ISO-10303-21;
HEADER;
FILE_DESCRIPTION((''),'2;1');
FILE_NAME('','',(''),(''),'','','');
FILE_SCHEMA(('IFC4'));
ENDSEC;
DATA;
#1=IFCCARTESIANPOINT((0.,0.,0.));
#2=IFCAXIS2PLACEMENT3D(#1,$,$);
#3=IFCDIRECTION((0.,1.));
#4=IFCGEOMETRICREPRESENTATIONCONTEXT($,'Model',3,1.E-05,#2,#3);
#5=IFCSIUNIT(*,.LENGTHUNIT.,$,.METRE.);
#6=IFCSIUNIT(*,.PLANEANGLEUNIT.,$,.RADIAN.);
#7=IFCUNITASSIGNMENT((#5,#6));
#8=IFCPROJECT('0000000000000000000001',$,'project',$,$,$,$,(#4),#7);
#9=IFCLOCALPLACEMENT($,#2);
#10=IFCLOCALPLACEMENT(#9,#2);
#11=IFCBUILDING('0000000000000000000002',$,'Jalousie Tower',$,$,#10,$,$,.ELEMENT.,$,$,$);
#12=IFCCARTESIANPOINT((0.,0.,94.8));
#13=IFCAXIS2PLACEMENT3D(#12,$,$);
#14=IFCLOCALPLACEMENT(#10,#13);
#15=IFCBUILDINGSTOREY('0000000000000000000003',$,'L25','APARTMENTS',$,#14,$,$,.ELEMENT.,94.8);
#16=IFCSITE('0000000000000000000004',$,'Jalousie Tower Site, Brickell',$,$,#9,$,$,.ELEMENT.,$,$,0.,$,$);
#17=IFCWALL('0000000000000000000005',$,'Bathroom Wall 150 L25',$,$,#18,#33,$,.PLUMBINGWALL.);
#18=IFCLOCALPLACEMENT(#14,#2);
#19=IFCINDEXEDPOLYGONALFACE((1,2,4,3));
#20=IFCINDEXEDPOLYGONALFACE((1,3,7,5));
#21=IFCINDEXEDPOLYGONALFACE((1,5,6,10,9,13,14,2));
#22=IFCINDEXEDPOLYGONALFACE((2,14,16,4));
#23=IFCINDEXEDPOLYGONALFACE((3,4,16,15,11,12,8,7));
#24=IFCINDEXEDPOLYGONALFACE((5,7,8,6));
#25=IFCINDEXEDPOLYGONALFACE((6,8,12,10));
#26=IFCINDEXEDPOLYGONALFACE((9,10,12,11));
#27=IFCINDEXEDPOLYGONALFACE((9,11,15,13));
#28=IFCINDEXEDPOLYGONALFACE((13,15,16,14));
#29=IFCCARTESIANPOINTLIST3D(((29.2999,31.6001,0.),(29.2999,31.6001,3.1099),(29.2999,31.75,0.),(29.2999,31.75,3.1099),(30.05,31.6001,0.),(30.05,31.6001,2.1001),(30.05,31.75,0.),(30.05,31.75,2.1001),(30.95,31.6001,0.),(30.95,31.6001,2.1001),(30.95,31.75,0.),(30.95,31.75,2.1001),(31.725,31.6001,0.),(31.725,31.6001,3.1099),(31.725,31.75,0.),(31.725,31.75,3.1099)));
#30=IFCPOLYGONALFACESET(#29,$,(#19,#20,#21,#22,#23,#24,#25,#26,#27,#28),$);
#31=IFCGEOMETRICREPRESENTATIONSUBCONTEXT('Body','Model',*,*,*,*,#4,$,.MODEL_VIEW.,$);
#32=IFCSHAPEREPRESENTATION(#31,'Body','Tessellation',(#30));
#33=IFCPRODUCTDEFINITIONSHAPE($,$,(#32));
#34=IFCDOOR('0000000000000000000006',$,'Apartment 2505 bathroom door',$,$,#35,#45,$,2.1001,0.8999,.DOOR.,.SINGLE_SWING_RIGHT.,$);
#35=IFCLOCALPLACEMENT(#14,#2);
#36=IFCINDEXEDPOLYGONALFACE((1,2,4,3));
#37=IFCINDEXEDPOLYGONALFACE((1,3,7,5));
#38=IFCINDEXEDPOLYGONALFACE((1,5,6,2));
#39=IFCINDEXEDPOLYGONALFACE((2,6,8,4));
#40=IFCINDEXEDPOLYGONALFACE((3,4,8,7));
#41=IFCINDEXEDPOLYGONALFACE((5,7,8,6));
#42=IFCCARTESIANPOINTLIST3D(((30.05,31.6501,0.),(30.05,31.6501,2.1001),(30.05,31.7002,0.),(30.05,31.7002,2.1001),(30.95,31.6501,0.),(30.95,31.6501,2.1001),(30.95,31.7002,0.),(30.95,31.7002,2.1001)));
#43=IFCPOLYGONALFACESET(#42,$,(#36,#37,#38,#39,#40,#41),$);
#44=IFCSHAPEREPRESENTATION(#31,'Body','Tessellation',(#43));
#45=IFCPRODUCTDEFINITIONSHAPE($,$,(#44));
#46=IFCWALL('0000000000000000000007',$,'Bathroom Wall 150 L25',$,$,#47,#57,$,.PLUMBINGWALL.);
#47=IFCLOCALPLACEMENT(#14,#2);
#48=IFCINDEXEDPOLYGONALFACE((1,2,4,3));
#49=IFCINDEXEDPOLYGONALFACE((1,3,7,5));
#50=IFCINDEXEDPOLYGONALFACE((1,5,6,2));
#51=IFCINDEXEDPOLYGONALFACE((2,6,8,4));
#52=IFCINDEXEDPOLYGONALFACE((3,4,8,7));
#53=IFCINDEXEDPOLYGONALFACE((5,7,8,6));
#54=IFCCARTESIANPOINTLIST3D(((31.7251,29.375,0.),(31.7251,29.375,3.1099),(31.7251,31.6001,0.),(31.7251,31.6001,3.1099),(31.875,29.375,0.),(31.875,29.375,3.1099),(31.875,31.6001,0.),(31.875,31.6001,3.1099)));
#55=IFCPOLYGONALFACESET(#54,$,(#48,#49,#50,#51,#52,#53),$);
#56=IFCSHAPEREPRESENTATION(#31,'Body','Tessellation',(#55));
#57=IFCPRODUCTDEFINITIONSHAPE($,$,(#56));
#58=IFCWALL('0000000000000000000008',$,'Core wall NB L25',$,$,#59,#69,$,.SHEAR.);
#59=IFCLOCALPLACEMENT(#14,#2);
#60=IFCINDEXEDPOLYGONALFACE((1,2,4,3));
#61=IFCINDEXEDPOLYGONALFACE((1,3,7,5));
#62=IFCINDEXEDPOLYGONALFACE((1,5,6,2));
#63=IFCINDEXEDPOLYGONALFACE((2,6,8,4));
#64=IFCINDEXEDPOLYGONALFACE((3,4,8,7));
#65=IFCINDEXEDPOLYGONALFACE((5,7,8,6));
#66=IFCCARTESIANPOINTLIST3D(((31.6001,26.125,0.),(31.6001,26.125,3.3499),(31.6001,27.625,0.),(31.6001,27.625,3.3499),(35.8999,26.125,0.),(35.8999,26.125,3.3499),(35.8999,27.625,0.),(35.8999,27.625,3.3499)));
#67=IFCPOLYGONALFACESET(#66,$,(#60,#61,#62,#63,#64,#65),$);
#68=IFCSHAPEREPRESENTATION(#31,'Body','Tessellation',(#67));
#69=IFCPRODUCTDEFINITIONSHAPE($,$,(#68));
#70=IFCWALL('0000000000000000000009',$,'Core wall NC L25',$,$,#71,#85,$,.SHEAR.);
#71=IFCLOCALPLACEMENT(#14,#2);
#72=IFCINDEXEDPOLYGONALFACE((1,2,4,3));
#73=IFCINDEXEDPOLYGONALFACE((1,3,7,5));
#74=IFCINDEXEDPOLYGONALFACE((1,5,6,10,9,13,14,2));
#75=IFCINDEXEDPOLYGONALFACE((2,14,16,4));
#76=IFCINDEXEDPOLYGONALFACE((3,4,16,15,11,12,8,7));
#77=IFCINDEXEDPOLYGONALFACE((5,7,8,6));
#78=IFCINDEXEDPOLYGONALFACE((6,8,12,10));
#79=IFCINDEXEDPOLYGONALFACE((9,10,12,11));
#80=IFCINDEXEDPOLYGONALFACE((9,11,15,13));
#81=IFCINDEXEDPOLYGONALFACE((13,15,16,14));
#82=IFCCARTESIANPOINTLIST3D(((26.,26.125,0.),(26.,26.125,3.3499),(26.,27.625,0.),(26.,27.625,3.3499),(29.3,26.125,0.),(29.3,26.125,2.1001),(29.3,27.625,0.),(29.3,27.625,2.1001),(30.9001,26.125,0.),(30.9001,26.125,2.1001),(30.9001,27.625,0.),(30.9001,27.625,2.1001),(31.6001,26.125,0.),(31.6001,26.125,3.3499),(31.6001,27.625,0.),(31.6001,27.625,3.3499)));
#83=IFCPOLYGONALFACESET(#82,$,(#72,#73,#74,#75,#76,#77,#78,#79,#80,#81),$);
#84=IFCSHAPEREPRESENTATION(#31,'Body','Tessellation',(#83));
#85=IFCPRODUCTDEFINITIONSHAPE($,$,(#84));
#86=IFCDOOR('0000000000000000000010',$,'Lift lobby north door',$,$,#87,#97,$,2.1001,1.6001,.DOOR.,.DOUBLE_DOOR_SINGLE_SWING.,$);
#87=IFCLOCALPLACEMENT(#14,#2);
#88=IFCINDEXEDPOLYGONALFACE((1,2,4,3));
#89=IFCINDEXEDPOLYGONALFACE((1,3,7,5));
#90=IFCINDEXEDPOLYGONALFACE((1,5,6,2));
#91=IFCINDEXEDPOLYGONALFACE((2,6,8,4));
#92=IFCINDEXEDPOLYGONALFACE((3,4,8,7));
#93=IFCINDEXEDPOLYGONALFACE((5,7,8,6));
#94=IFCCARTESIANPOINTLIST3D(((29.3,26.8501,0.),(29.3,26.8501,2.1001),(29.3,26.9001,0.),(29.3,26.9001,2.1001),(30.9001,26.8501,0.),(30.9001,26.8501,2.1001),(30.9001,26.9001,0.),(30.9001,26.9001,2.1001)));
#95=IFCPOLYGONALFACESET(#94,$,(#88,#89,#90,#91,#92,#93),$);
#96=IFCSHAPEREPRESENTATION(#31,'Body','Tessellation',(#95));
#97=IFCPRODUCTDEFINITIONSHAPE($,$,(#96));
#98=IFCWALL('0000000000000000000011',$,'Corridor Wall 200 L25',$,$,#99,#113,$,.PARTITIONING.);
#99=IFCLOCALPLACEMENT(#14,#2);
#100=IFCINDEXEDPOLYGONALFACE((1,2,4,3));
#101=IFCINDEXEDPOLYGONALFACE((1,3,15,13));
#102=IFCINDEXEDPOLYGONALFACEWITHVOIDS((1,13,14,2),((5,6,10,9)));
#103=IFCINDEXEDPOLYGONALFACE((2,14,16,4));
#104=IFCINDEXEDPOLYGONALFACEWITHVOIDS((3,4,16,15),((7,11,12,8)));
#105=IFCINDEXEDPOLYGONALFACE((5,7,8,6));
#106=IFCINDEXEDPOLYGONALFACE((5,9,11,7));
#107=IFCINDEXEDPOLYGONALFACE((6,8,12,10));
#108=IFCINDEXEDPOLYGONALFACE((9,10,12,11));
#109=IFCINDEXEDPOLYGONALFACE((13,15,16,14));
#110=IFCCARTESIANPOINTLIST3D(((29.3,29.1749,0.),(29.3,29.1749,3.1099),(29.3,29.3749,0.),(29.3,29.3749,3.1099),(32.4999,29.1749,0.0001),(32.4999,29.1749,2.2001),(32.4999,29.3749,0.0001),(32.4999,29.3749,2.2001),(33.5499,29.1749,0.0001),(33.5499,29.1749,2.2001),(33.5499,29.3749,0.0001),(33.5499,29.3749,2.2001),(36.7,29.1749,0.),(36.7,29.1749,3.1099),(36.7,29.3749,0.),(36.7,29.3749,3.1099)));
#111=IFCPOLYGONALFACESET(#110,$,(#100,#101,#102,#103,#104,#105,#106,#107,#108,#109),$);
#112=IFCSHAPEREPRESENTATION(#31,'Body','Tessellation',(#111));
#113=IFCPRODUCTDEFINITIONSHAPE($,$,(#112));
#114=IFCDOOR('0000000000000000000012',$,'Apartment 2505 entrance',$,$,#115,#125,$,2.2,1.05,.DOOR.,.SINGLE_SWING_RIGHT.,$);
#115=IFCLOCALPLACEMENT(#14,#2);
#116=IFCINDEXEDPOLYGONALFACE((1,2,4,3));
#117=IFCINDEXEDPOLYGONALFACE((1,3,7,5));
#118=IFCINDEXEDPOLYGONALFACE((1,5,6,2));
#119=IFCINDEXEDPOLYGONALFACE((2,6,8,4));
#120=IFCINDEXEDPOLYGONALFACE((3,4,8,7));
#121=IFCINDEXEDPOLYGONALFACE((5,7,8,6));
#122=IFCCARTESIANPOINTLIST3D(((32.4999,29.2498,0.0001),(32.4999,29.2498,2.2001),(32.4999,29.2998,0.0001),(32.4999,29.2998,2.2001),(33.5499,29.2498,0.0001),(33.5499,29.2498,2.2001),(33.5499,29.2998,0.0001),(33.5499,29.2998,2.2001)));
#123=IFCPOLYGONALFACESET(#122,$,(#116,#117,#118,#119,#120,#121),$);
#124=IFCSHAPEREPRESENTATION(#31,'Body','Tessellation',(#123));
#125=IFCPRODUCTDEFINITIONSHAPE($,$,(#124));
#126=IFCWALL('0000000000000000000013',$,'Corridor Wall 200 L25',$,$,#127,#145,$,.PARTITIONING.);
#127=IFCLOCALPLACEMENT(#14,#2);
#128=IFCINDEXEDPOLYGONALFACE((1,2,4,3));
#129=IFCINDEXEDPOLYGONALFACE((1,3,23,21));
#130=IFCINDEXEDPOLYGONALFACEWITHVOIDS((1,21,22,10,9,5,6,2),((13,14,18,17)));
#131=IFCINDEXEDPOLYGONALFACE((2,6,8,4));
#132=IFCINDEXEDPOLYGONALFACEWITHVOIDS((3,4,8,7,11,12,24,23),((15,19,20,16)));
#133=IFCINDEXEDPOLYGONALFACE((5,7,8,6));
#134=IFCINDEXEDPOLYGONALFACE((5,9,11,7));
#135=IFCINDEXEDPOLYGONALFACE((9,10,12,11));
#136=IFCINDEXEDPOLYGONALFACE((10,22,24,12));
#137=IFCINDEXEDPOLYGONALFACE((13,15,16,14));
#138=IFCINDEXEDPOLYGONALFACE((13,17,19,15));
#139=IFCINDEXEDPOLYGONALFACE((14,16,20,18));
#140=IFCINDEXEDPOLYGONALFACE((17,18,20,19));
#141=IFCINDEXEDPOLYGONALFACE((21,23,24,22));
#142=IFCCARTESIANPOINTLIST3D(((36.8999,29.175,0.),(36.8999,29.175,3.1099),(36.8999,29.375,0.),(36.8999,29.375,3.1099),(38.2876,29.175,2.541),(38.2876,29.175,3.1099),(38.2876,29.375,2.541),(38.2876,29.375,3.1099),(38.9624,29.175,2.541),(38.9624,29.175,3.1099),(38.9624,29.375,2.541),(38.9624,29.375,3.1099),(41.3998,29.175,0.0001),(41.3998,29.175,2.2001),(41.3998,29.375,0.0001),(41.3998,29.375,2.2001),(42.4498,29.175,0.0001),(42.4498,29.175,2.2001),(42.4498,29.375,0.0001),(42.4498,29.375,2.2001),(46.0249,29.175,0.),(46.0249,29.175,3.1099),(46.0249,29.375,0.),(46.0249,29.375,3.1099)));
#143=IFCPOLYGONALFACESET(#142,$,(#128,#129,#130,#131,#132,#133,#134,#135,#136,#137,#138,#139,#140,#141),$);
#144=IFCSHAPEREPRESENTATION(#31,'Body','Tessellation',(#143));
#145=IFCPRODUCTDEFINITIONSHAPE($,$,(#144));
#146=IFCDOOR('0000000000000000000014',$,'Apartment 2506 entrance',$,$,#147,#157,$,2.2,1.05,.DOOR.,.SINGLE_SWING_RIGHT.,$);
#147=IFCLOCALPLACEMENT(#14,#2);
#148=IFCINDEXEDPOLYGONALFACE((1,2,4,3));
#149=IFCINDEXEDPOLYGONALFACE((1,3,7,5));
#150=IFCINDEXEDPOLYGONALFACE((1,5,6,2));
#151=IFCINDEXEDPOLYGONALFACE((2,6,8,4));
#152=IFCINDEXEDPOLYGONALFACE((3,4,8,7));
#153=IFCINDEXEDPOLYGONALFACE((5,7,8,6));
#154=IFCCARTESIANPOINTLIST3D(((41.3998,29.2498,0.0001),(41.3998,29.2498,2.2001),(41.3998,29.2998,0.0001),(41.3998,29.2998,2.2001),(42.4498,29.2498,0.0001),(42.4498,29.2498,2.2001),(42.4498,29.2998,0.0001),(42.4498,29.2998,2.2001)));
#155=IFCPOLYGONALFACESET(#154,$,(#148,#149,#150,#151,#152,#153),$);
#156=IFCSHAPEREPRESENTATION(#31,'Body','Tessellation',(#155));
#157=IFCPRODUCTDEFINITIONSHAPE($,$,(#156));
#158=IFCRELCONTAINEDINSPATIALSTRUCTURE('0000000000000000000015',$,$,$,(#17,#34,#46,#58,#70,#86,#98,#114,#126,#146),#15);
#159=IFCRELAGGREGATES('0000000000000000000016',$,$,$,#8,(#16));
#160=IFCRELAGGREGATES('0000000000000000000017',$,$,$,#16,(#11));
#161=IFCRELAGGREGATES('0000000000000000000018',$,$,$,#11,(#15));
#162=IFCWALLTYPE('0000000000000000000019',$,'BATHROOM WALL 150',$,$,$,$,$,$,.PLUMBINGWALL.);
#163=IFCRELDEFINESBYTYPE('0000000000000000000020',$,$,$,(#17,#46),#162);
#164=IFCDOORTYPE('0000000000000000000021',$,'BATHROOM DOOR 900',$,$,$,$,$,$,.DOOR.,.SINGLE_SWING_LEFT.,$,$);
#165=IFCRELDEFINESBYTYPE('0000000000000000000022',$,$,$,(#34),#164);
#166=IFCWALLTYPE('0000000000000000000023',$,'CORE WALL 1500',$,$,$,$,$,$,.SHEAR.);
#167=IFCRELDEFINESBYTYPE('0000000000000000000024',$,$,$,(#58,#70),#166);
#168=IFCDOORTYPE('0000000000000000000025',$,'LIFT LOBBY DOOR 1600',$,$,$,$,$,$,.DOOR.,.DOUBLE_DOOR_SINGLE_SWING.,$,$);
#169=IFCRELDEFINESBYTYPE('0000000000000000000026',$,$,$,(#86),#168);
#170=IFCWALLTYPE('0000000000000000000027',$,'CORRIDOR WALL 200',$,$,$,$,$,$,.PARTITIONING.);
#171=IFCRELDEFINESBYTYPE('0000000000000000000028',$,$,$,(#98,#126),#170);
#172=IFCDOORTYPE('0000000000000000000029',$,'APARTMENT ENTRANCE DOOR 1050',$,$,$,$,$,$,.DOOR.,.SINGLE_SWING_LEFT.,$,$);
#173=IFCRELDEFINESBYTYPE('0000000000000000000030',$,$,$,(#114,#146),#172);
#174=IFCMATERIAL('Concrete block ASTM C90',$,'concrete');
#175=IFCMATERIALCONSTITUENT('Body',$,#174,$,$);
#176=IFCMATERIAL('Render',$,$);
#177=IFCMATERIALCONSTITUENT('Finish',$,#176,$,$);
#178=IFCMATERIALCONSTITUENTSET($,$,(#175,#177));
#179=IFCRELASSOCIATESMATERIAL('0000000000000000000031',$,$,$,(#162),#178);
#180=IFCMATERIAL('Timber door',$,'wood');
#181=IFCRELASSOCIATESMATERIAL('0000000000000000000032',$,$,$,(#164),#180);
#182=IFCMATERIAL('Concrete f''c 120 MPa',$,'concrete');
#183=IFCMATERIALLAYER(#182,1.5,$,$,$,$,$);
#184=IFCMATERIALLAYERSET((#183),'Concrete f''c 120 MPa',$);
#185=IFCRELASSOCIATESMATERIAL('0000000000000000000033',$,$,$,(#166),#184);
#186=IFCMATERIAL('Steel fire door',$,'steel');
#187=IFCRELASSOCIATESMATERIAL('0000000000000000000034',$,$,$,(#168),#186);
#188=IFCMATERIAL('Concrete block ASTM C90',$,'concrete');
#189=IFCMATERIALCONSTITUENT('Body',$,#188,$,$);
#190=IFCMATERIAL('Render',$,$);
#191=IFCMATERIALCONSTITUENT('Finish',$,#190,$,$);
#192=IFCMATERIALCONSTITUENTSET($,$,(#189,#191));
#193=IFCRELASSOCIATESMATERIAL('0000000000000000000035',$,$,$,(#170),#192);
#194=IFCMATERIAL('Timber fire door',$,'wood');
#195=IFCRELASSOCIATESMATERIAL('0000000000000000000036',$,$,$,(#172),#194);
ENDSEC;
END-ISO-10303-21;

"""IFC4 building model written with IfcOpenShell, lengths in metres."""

from ifc_helpers import new_model, si_unit, direction, frame, frame_2d, origin, place, context, subcontext, project, spatial, polyline, rectangle, outline, extrude, material, layer, layer_set, constituent, constituent_set, type_object, element, fill, save


model = new_model("IFC4")

# Units and contexts
model_context = context("Model", 3, precision=1e-05, world=origin(), true_north=direction((0.0, 1.0)))
body_context = subcontext(model_context, "Body", "Model", "MODEL_VIEW")
ifc_project = project(units=[si_unit("LENGTHUNIT", "METRE"), si_unit("PLANEANGLEUNIT", "RADIAN")], contexts=[model_context])

# Site, building, storey
site_placement = place(None, origin())
site = spatial("IfcSite", under=ifc_project, at=site_placement, Name="Jalousie Tower Site, Brickell", CompositionType="ELEMENT", RefElevation=0.0)
building_placement = place(site_placement, origin())
building = spatial("IfcBuilding", under=site, at=building_placement, Name="Jalousie Tower", CompositionType="ELEMENT")
storey_placement = place(building_placement, frame((0.0, 0.0, 94.8)))
storey = spatial("IfcBuildingStorey", under=building, at=storey_placement, Name="L25", Description="APARTMENTS", CompositionType="ELEMENT", Elevation=94.8)

# Wall, opening, door
ifc_material_1 = material(Name="Concrete block ASTM C90", Category="concrete")
ifc_constituent_1 = constituent(ifc_material_1, Name="Body")
ifc_material_2 = material(Name="Render")
ifc_constituent_2 = constituent(ifc_material_2, Name="Finish")
ifc_constituent_set_1 = constituent_set(constituents=[ifc_constituent_1, ifc_constituent_2])
wall_type_1 = type_object("IfcWallType", Name="BATHROOM WALL 150", PredefinedType="PLUMBINGWALL", material=ifc_constituent_set_1)
wall_1_placement = place(storey_placement, frame((29.3, 31.675, 0.0), z_axis=(0.0, 0.0, 1.0), x_axis=(1.0, 0.0, 0.0)))
wall_1 = element("IfcWall", 1, at=wall_1_placement, inside=storey, type_object=wall_type_1, Name="Bathroom Wall 150 L25", PredefinedType="PLUMBINGWALL", context=body_context, shape_type="SweptSolid", body=[
    extrude(rectangle(XDim=2.425, YDim=0.1499, at=frame_2d((1.2124, 0.0))), origin(), (0.0, 0.0, 1.0), 3.1099),
])
opening_1_placement = place(wall_1_placement, frame((0.75, 0.0, 0.0)))
opening_1 = element("IfcOpeningElement", 2, at=opening_1_placement, cuts=wall_1, PredefinedType="OPENING", context=body_context, shape_type="SweptSolid", body=[
    extrude(rectangle(XDim=0.8999, YDim=2.1001, at=frame_2d((0.45, 1.05))), frame((0.0, 0.085, 0.0), z_axis=(0.0, -1.0, 0.0), x_axis=(1.0, 0.0, 0.0)), (0.0, 0.0, 1.0), 0.1699),
])
ifc_material_3 = material(Name="Timber door", Category="wood")
door_type_1 = type_object("IfcDoorType", Name="BATHROOM DOOR 900", OperationType="SINGLE_SWING_LEFT", PredefinedType="DOOR", material=ifc_material_3)
door_1_placement = place(opening_1_placement, frame((0.8999, 0.0, 0.0), z_axis=(0.0, 0.0, 1.0), x_axis=(-1.0, 0.0, 0.0)))
door_1 = element("IfcDoor", 3, at=door_1_placement, inside=storey, type_object=door_type_1, Name="Apartment 2505 bathroom door", OperationType="SINGLE_SWING_RIGHT", OverallHeight=2.1001, OverallWidth=0.8999, PredefinedType="DOOR", context=body_context, shape_type="SweptSolid", body=[
    extrude(rectangle(XDim=0.8999, YDim=2.1001, at=frame_2d((0.45, 1.05))), frame((0.0, 0.0249, 0.0), z_axis=(0.0, -1.0, 0.0), x_axis=(1.0, 0.0, 0.0)), (0.0, 0.0, 1.0), 0.05),
])
fill(opening_1, door_1)

# Walls
wall_2_placement = place(storey_placement, frame((31.8, 31.6001, 0.0), z_axis=(0.0, 0.0, 1.0), x_axis=(0.0, -1.0, 0.0)))
element("IfcWall", 4, at=wall_2_placement, inside=storey, type_object=wall_type_1, Name="Bathroom Wall 150 L25", PredefinedType="PLUMBINGWALL", context=body_context, shape_type="SweptSolid", body=[
    extrude(rectangle(XDim=2.2251, YDim=0.1499, at=frame_2d((1.1125, 0.0))), origin(), (0.0, 0.0, 1.0), 3.1099),
])
ifc_material_4 = material(Name="Concrete f'c 120 MPa", Category="concrete")
ifc_layer = layer(ifc_material_4, 1.5)
ifc_layer_set = layer_set([ifc_layer], Name="Concrete f'c 120 MPa")
wall_type_2 = type_object("IfcWallType", Name="CORE WALL 1500", PredefinedType="SHEAR", material=ifc_layer_set)
wall_3_placement = place(storey_placement, frame((35.8999, 26.875, 0.0), z_axis=(0.0, 0.0, 1.0), x_axis=(-1.0, 0.0, 0.0)))
element("IfcWall", 5, at=wall_3_placement, inside=storey, type_object=wall_type_2, Name="Core wall NB L25", PredefinedType="SHEAR", context=body_context, shape_type="SweptSolid", body=[
    extrude(rectangle(XDim=4.2998, YDim=1.5, at=frame_2d((2.1499, 0.0))), origin(), (0.0, 0.0, 1.0), 3.3499),
])

# Walls, openings, doors
wall_4_placement = place(storey_placement, frame((31.6001, 26.875, 0.0), z_axis=(0.0, 0.0, 1.0), x_axis=(-1.0, 0.0, 0.0)))
wall_4 = element("IfcWall", 6, at=wall_4_placement, inside=storey, type_object=wall_type_2, Name="Core wall NC L25", PredefinedType="SHEAR", context=body_context, shape_type="SweptSolid", body=[
    extrude(rectangle(XDim=5.6001, YDim=1.5, at=frame_2d((2.8, 0.0))), origin(), (0.0, 0.0, 1.0), 3.3499),
])
opening_2_placement = place(wall_4_placement, frame((0.7, 0.0, 0.0)))
opening_2 = element("IfcOpeningElement", 7, at=opening_2_placement, cuts=wall_4, PredefinedType="OPENING", context=body_context, shape_type="SweptSolid", body=[
    extrude(rectangle(XDim=1.6001, YDim=2.1001, at=frame_2d((0.8, 1.05))), frame((0.0, 0.76, 0.0), z_axis=(0.0, -1.0, 0.0), x_axis=(1.0, 0.0, 0.0)), (0.0, 0.0, 1.0), 1.52),
])
ifc_material_5 = material(Name="Steel fire door", Category="steel")
door_type_2 = type_object("IfcDoorType", Name="LIFT LOBBY DOOR 1600", OperationType="DOUBLE_DOOR_SINGLE_SWING", PredefinedType="DOOR", material=ifc_material_5)
door_2_placement = place(opening_2_placement, origin())
door_2 = element("IfcDoor", 8, at=door_2_placement, inside=storey, type_object=door_type_2, Name="Lift lobby north door", OperationType="DOUBLE_DOOR_SINGLE_SWING", OverallHeight=2.1001, OverallWidth=1.6001, PredefinedType="DOOR", context=body_context, shape_type="SweptSolid", body=[
    extrude(rectangle(XDim=1.6001, YDim=2.1001, at=frame_2d((0.8, 1.05))), frame((0.0, 0.0249, 0.0), z_axis=(0.0, -1.0, 0.0), x_axis=(1.0, 0.0, 0.0)), (0.0, 0.0, 1.0), 0.05),
])
fill(opening_2, door_2)
ifc_material_6 = material(Name="Concrete block ASTM C90", Category="concrete")
ifc_constituent_3 = constituent(ifc_material_6, Name="Body")
ifc_material_7 = material(Name="Render")
ifc_constituent_4 = constituent(ifc_material_7, Name="Finish")
ifc_constituent_set_2 = constituent_set(constituents=[ifc_constituent_3, ifc_constituent_4])
wall_type_3 = type_object("IfcWallType", Name="CORRIDOR WALL 200", PredefinedType="PARTITIONING", material=ifc_constituent_set_2)
wall_5_placement = place(storey_placement, frame((29.3, 29.2749, 0.0), z_axis=(0.0, 0.0, 1.0), x_axis=(1.0, 0.0, 0.0)))
wall_5 = element("IfcWall", 9, at=wall_5_placement, inside=storey, type_object=wall_type_3, Name="Corridor Wall 200 L25", PredefinedType="PARTITIONING", context=body_context, shape_type="SweptSolid", body=[
    extrude(rectangle(XDim=7.3999, YDim=0.2, at=frame_2d((3.7, 0.0))), origin(), (0.0, 0.0, 1.0), 3.1099),
])
opening_3_placement = place(wall_5_placement, frame((3.2, 0.0, 0.0)))
opening_3 = element("IfcOpeningElement", 10, at=opening_3_placement, cuts=wall_5, PredefinedType="OPENING", context=body_context, shape_type="SweptSolid", body=[
    extrude(rectangle(XDim=1.05, YDim=2.2, at=frame_2d((0.5249, 1.1001))), frame((0.0, 0.1099, 0.0), z_axis=(0.0, -1.0, 0.0), x_axis=(1.0, 0.0, 0.0)), (0.0, 0.0, 1.0), 0.22),
])
ifc_material_8 = material(Name="Timber fire door", Category="wood")
door_type_3 = type_object("IfcDoorType", Name="APARTMENT ENTRANCE DOOR 1050", OperationType="SINGLE_SWING_LEFT", PredefinedType="DOOR", material=ifc_material_8)
door_3_placement = place(opening_3_placement, origin())
door_3 = element("IfcDoor", 11, at=door_3_placement, inside=storey, type_object=door_type_3, Name="Apartment 2505 entrance", OperationType="SINGLE_SWING_RIGHT", OverallHeight=2.2, OverallWidth=1.05, PredefinedType="DOOR", context=body_context, shape_type="SweptSolid", body=[
    extrude(rectangle(XDim=1.05, YDim=2.2, at=frame_2d((0.5249, 1.1001))), frame((0.0, 0.0249, 0.0), z_axis=(0.0, -1.0, 0.0), x_axis=(1.0, 0.0, 0.0)), (0.0, 0.0, 1.0), 0.05),
])
fill(opening_3, door_3)
wall_6_placement = place(storey_placement, frame((36.8999, 29.2749, 0.0), z_axis=(0.0, 0.0, 1.0), x_axis=(1.0, 0.0, 0.0)))
wall_6 = element("IfcWall", 12, at=wall_6_placement, inside=storey, type_object=wall_type_3, Name="Corridor Wall 200 L25", PredefinedType="PARTITIONING", context=body_context, shape_type="SweptSolid", body=[
    extrude(outline(polyline([(0.0, 0.0), (9.125, 0.0), (9.125, 3.1099), (2.0625, 3.1099), (2.0625, 2.541), (1.3877, 2.541), (1.3877, 3.1099), (0.0, 3.1099), (0.0, 0.0)])), frame((0.0, 0.1001, 0.0), z_axis=(0.0, -1.0, 0.0), x_axis=(1.0, 0.0, 0.0)), (0.0, 0.0, 1.0), 0.2),
])
opening_4_placement = place(wall_6_placement, frame((4.5, 0.0, 0.0)))
opening_4 = element("IfcOpeningElement", 13, at=opening_4_placement, cuts=wall_6, PredefinedType="OPENING", context=body_context, shape_type="SweptSolid", body=[
    extrude(rectangle(XDim=1.05, YDim=2.2, at=frame_2d((0.5249, 1.1001))), frame((0.0, 0.1099, 0.0), z_axis=(0.0, -1.0, 0.0), x_axis=(1.0, 0.0, 0.0)), (0.0, 0.0, 1.0), 0.22),
])
door_4_placement = place(opening_4_placement, origin())
door_4 = element("IfcDoor", 14, at=door_4_placement, inside=storey, type_object=door_type_3, Name="Apartment 2506 entrance", OperationType="SINGLE_SWING_RIGHT", OverallHeight=2.2, OverallWidth=1.05, PredefinedType="DOOR", context=body_context, shape_type="SweptSolid", body=[
    extrude(rectangle(XDim=1.05, YDim=2.2, at=frame_2d((0.5249, 1.1001))), frame((0.0, 0.0249, 0.0), z_axis=(0.0, -1.0, 0.0), x_axis=(1.0, 0.0, 0.0)), (0.0, 0.0, 1.0), 0.05),
])
fill(opening_4, door_4)

save(model, "model.ifc")
